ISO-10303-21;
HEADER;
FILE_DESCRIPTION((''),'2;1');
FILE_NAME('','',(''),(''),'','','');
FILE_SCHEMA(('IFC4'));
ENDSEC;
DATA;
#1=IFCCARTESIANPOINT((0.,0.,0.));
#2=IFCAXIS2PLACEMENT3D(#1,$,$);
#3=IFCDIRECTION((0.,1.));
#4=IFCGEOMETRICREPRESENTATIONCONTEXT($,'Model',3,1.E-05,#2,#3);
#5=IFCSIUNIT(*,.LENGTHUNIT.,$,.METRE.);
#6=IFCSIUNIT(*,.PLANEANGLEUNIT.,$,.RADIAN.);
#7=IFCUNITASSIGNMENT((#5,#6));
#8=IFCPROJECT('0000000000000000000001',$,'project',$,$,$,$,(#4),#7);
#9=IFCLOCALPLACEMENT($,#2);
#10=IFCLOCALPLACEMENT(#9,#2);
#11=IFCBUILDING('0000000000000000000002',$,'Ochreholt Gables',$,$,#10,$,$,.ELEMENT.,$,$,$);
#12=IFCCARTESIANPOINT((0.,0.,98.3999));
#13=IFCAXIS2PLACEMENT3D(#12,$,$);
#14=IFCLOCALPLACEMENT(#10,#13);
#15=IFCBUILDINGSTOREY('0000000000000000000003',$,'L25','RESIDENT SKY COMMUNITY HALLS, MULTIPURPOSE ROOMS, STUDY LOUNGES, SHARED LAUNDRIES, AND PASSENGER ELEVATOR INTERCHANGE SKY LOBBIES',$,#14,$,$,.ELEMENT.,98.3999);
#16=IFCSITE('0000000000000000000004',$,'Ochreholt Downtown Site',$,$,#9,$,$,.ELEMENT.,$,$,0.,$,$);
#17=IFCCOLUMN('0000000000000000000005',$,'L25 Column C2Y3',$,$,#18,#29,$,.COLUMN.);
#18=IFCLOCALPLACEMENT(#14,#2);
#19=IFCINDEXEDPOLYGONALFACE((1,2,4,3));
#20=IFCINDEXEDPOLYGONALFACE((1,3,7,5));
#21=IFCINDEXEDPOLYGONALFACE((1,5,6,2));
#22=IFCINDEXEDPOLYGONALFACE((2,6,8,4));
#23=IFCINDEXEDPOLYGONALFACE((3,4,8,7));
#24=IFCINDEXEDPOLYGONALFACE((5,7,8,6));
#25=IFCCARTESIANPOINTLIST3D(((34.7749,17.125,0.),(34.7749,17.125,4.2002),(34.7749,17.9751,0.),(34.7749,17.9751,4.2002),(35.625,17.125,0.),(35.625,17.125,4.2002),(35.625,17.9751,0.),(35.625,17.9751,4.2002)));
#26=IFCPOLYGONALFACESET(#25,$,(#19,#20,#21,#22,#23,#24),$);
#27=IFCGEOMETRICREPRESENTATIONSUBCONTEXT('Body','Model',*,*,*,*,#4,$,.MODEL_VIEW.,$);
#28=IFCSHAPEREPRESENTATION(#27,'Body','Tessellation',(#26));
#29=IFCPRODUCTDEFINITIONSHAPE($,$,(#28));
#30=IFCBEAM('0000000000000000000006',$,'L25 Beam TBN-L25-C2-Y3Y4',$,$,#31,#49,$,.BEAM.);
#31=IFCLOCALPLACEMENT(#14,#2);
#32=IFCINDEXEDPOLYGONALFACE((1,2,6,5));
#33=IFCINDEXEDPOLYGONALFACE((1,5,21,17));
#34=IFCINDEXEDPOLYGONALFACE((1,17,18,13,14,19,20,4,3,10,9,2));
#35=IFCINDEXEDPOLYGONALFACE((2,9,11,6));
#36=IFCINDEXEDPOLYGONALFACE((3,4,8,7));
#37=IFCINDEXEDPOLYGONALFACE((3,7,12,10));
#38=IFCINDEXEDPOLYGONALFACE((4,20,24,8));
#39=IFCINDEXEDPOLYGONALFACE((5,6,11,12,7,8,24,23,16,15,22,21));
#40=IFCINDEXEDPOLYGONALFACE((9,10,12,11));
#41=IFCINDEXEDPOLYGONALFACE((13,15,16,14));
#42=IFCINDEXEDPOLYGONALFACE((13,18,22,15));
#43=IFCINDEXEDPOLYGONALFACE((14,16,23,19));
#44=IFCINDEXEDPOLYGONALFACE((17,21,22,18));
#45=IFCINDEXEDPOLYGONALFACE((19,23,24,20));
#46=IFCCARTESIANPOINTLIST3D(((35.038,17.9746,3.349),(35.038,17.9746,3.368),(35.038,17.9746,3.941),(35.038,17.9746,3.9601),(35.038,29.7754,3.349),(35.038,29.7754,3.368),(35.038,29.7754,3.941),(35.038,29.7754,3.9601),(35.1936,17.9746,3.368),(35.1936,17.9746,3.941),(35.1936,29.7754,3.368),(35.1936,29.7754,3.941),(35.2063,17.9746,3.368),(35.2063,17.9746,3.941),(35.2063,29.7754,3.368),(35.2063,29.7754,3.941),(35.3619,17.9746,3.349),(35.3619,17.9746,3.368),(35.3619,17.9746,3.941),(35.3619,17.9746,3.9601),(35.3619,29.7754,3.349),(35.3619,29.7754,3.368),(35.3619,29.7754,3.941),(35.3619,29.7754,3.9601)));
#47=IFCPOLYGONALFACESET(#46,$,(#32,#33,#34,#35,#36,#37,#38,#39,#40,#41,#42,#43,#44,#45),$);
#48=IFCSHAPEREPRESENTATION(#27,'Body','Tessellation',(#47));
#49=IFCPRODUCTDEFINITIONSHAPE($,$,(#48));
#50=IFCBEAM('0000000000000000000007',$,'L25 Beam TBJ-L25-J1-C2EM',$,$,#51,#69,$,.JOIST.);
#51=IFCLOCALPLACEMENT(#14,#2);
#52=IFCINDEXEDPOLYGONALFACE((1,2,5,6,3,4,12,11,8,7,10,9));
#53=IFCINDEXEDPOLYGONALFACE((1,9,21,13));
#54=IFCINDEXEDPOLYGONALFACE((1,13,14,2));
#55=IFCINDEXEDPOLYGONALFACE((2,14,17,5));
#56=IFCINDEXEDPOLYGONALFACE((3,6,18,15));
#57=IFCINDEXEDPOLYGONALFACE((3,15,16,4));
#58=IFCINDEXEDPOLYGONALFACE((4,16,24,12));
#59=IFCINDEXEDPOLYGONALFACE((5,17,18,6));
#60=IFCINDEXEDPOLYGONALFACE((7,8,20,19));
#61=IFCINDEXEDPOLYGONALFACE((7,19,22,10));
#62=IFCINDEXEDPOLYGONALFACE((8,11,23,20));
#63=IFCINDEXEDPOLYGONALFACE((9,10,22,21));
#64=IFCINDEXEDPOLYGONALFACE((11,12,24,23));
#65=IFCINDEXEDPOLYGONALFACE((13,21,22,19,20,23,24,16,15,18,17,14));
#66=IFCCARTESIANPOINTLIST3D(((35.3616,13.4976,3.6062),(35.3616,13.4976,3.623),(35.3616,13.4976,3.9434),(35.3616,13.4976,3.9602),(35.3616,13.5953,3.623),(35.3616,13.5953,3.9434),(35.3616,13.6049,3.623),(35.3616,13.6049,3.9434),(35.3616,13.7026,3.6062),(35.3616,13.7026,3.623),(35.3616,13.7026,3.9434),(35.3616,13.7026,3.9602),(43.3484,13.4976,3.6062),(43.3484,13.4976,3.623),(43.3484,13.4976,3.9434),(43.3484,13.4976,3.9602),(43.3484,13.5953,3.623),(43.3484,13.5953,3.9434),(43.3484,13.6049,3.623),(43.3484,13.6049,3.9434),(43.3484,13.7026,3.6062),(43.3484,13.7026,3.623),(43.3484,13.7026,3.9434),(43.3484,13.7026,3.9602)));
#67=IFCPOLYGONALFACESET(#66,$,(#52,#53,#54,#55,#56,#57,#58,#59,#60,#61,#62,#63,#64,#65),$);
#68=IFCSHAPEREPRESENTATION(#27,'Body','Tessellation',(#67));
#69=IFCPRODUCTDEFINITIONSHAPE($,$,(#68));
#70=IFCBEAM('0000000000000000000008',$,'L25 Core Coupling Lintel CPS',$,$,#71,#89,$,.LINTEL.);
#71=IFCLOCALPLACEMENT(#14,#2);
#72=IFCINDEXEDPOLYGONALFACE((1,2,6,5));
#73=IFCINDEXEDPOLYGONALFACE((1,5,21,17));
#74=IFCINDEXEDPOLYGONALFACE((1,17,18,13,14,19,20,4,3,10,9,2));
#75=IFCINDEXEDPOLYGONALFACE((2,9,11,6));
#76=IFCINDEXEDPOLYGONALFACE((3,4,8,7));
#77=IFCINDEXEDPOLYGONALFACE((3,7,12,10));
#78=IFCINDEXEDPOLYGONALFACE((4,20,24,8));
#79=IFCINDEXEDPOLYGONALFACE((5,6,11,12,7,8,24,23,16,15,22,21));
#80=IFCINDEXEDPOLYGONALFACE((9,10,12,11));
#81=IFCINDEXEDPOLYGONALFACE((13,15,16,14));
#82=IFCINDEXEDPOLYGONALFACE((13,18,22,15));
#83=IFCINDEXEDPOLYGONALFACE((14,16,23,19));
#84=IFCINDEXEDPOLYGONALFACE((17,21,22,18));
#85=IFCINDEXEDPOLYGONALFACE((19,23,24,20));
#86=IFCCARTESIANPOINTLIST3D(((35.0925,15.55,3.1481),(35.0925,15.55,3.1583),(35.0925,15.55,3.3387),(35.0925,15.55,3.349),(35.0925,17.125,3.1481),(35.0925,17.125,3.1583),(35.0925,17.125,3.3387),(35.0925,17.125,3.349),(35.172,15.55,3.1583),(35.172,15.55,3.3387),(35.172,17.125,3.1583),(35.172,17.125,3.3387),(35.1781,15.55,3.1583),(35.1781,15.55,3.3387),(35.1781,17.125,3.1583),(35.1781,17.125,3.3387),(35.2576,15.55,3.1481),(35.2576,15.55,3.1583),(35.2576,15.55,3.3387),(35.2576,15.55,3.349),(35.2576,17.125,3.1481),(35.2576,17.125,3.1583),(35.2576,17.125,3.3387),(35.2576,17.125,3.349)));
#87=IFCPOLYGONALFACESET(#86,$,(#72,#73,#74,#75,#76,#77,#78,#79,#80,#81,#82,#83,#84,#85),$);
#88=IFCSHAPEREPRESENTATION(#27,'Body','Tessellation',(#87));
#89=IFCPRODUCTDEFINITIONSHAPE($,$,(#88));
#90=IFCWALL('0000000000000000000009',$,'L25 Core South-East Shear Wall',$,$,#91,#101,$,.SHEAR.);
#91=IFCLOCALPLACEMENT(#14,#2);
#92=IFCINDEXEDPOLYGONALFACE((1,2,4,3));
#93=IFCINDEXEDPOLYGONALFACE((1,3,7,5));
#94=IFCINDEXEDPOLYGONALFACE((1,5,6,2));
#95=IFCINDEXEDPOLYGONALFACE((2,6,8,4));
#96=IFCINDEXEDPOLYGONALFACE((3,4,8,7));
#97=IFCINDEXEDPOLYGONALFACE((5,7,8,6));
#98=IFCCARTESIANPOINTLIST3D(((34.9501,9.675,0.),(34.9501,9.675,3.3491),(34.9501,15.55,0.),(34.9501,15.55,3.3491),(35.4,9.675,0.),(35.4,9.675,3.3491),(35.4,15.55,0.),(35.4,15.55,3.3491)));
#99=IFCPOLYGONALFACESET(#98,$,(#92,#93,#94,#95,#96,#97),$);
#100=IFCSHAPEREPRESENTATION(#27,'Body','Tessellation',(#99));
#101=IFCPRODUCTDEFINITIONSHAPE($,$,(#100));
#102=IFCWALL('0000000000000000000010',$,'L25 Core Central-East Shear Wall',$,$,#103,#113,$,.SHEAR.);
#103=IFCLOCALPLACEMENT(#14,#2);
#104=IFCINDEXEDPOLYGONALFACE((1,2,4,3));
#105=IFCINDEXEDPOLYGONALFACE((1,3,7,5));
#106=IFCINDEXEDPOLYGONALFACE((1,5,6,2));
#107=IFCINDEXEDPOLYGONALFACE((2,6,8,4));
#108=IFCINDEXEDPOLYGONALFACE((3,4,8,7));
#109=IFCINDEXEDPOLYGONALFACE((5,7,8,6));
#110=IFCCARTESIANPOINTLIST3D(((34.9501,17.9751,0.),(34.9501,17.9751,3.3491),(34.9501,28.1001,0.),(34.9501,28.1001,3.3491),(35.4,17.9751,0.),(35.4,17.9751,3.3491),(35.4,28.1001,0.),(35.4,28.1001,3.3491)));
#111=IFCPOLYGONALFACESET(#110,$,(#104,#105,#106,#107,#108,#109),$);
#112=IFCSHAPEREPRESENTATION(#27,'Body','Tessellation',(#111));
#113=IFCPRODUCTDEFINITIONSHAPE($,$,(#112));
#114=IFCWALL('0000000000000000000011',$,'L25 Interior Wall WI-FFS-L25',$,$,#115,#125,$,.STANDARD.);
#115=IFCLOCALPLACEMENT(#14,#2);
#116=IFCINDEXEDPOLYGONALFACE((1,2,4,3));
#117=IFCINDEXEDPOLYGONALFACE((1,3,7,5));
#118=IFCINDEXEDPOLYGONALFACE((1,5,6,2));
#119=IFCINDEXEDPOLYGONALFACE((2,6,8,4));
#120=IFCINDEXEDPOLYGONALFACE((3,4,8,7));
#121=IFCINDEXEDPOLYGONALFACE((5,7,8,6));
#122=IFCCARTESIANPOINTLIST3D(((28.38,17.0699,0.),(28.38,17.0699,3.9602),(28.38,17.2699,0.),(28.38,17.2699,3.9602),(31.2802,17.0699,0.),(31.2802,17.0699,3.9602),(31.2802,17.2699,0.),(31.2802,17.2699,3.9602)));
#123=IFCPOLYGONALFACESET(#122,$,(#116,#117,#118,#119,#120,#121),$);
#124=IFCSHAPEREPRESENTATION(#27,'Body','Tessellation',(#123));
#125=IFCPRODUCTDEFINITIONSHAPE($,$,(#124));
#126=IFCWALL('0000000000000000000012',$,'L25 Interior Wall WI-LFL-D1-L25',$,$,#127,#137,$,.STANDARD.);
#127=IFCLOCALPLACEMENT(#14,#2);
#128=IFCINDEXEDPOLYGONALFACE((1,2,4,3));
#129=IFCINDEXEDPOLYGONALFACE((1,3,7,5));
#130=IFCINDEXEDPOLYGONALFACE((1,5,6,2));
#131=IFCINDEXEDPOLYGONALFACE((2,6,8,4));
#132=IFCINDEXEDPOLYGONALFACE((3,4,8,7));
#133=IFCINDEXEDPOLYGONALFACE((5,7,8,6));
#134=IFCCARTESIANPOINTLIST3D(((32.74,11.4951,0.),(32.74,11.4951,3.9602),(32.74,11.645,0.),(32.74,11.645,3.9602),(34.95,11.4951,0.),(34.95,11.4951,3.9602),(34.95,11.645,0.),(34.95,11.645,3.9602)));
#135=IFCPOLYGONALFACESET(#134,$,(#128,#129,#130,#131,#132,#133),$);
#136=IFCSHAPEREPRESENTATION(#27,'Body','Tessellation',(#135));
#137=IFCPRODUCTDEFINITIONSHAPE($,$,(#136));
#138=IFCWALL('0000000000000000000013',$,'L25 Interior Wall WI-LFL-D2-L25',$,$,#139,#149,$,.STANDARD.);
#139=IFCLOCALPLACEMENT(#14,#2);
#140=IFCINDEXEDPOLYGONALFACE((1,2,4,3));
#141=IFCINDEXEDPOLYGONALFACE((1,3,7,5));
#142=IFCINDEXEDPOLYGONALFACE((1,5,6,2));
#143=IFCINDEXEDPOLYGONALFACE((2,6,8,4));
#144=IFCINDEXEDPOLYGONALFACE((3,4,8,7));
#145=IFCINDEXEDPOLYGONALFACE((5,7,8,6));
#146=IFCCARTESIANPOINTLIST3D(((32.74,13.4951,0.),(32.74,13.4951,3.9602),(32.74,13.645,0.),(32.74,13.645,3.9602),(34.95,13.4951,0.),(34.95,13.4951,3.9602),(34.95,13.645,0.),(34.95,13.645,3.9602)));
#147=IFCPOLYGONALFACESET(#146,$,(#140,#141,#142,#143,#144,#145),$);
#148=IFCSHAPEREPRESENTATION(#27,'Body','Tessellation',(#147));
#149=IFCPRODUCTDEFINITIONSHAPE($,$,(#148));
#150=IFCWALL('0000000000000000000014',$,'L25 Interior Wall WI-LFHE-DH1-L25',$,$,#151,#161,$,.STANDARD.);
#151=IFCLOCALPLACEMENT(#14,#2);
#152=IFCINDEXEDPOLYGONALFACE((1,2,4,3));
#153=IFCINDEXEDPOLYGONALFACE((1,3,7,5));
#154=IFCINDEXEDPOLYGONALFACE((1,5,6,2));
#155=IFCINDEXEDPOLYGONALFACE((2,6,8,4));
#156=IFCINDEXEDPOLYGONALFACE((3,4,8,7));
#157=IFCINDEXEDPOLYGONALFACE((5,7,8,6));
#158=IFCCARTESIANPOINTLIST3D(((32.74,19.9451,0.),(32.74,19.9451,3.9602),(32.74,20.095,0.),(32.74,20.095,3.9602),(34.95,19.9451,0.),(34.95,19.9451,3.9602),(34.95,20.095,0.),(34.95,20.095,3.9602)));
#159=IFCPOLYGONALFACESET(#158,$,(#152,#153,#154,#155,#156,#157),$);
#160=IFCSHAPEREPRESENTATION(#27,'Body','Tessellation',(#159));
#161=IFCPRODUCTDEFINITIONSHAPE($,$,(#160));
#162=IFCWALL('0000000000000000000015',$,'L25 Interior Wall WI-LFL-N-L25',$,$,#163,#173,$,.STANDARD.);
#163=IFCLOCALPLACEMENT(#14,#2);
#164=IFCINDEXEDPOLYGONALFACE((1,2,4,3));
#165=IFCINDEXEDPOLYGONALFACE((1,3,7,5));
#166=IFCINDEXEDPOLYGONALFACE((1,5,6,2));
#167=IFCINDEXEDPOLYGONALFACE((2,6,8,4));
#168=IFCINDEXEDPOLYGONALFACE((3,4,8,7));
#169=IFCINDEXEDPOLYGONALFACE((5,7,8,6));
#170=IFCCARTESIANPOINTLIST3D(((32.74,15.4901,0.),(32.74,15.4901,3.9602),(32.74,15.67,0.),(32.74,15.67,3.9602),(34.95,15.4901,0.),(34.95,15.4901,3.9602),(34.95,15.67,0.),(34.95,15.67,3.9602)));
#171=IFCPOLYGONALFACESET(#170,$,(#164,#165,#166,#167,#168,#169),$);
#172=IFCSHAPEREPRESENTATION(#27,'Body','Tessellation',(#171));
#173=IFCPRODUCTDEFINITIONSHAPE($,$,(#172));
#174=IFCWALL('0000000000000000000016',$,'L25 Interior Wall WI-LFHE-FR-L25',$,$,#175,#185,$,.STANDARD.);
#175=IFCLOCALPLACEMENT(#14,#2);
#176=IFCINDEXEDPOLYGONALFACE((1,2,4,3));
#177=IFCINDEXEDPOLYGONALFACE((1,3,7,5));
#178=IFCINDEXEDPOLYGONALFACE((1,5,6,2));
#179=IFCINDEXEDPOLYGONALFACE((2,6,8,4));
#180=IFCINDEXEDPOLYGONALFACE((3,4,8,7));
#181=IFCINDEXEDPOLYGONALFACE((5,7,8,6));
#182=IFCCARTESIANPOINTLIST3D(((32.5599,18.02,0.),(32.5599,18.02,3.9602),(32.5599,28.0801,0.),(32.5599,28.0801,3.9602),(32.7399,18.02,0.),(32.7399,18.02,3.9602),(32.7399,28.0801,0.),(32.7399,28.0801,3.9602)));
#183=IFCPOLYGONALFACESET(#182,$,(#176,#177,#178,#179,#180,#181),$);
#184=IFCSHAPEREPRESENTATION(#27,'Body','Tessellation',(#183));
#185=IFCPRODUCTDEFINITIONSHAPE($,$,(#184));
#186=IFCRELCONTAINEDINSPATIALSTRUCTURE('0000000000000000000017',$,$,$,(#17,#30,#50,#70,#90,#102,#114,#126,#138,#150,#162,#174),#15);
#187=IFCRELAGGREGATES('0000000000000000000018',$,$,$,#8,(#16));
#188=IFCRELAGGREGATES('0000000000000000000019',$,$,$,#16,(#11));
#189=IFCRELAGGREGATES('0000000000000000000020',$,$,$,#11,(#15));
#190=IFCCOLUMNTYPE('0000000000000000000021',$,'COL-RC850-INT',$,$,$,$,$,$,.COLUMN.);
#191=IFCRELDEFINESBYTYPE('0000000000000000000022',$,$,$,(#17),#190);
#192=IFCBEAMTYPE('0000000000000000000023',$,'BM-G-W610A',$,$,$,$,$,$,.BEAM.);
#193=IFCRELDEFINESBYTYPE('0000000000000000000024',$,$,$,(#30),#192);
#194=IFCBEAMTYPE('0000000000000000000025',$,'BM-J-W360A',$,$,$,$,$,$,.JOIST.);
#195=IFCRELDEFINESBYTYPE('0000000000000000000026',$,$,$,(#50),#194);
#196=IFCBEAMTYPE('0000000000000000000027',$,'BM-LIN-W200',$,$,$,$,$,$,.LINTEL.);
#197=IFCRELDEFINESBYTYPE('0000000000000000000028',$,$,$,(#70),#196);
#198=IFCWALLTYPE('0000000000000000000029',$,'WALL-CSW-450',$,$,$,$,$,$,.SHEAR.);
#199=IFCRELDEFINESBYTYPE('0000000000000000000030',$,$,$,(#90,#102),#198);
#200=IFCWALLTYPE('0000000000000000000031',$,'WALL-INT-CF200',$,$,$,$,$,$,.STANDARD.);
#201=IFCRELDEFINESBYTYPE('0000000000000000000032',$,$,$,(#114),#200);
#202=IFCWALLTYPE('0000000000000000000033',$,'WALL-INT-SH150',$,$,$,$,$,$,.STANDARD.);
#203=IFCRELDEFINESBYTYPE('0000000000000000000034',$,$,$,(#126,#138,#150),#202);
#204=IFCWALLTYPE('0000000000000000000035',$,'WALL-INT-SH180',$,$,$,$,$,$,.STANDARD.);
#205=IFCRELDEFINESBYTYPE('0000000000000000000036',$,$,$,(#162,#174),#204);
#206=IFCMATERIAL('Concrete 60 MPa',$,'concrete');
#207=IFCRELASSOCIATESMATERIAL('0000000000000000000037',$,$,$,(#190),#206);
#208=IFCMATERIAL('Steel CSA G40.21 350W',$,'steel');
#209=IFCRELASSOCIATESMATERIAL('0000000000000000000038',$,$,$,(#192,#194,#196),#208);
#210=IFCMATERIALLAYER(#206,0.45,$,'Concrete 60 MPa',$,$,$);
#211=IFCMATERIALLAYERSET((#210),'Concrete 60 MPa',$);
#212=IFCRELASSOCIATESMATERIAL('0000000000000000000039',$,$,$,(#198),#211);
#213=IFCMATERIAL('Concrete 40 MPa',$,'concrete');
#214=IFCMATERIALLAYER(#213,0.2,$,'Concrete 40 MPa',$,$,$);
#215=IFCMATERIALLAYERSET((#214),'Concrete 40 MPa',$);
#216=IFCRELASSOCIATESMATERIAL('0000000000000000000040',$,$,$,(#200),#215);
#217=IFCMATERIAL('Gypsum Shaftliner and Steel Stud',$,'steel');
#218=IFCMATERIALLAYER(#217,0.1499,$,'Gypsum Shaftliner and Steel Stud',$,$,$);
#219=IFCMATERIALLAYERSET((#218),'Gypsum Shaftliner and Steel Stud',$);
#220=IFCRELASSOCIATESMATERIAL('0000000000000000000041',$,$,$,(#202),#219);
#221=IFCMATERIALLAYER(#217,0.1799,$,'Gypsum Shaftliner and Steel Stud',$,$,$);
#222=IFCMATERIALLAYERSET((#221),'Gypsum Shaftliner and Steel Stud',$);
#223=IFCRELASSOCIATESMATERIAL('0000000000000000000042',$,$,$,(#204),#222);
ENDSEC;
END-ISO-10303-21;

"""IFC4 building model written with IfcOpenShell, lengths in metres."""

from ifc_helpers import new_model, si_unit, direction, frame, frame_2d, origin, origin_2d, place, context, subcontext, project, spatial, rectangle, i_section, extrude, material, layer, layer_set, material_profile, profile_set, type_object, element, save


model = new_model("IFC4")

# Units and contexts
model_context = context("Model", 3, precision=1e-05, world=origin(), true_north=direction((0.0, 1.0)))
body_context = subcontext(model_context, "Body", "Model", "MODEL_VIEW")
ifc_project = project(units=[si_unit("LENGTHUNIT", "METRE"), si_unit("PLANEANGLEUNIT", "RADIAN")], contexts=[model_context])

# Site, building, storey
site_placement = place(None, origin())
site = spatial("IfcSite", under=ifc_project, at=site_placement, Name="Ochreholt Downtown Site", CompositionType="ELEMENT", RefElevation=0.0)
building_placement = place(site_placement, origin())
building = spatial("IfcBuilding", under=site, at=building_placement, Name="Ochreholt Gables", CompositionType="ELEMENT")
storey_placement = place(building_placement, frame((0.0, 0.0, 98.3999)))
storey = spatial("IfcBuildingStorey", under=building, at=storey_placement, Name="L25", Description="RESIDENT SKY COMMUNITY HALLS, MULTIPURPOSE ROOMS, STUDY LOUNGES, SHARED LAUNDRIES, AND PASSENGER ELEVATOR INTERCHANGE SKY LOBBIES", CompositionType="ELEMENT", Elevation=98.3999)

# Column
ifc_material_1 = material(Name="Concrete 60 MPa", Category="concrete")
ifc_material_profile_1 = material_profile(ifc_material_1, rectangle(XDim=0.8501, YDim=0.8501, at=origin_2d()), Name="RC850X850")
ifc_profile_set_1 = profile_set([ifc_material_profile_1], Name="Concrete 60 MPa")
column_type = type_object("IfcColumnType", Name="COL-RC850-INT", PredefinedType="COLUMN", material=ifc_profile_set_1)
column_placement = place(storey_placement, frame((35.2, 17.55, 0.0), z_axis=(0.0, 0.0, 1.0), x_axis=(1.0, 0.0, 0.0)))
element("IfcColumn", 1, at=column_placement, inside=storey, type_object=column_type, Name="L25 Column C2Y3", PredefinedType="COLUMN", context=body_context, shape_type="SweptSolid", body=[
    extrude(rectangle(XDim=0.8501, YDim=0.8501, at=origin_2d()), origin(), (0.0, 0.0, 1.0), 4.2002),
])

# Beams
ifc_material_2 = material(Name="Steel CSA G40.21 350W", Category="steel")
ifc_material_profile_2 = material_profile(ifc_material_2, i_section(OverallWidth=0.324, OverallDepth=0.6111, WebThickness=0.0127, FlangeThickness=0.019, at=origin_2d()), Name="W610X155")
ifc_profile_set_2 = profile_set([ifc_material_profile_2], Name="Steel CSA G40.21 350W")
beam_type_1 = type_object("IfcBeamType", Name="BM-G-W610A", PredefinedType="BEAM", material=ifc_profile_set_2)
beam_1_placement = place(storey_placement, frame((35.2, 17.9746, 3.6545), z_axis=(0.0, 1.0, 0.0), x_axis=(-1.0, 0.0, 0.0)))
element("IfcBeam", 2, at=beam_1_placement, inside=storey, type_object=beam_type_1, Name="L25 Beam TBN-L25-C2-Y3Y4", PredefinedType="BEAM", context=body_context, shape_type="SweptSolid", body=[
    extrude(i_section(OverallWidth=0.324, OverallDepth=0.6111, WebThickness=0.0127, FlangeThickness=0.019, at=origin_2d()), origin(), (0.0, 0.0, 1.0), 11.8008),
])
ifc_material_profile_3 = material_profile(ifc_material_2, i_section(OverallWidth=0.2051, OverallDepth=0.354, WebThickness=0.0095, FlangeThickness=0.0168, at=origin_2d()), Name="W360X79")
ifc_profile_set_3 = profile_set([ifc_material_profile_3], Name="Steel CSA G40.21 350W")
beam_type_2 = type_object("IfcBeamType", Name="BM-J-W360A", PredefinedType="JOIST", material=ifc_profile_set_3)
beam_2_placement = place(storey_placement, frame((35.3616, 13.6001, 3.7832), z_axis=(1.0, 0.0, 0.0), x_axis=(0.0, 1.0, 0.0)))
element("IfcBeam", 3, at=beam_2_placement, inside=storey, type_object=beam_type_2, Name="L25 Beam TBJ-L25-J1-C2EM", PredefinedType="JOIST", context=body_context, shape_type="SweptSolid", body=[
    extrude(i_section(OverallWidth=0.2051, OverallDepth=0.354, WebThickness=0.0095, FlangeThickness=0.0168, at=origin_2d()), origin(), (0.0, 0.0, 1.0), 7.9868),
])
ifc_material_profile_4 = material_profile(ifc_material_2, i_section(OverallWidth=0.165, OverallDepth=0.2009, WebThickness=0.0061, FlangeThickness=0.0103, at=origin_2d()), Name="W200X36")
ifc_profile_set_4 = profile_set([ifc_material_profile_4], Name="Steel CSA G40.21 350W")
beam_type_3 = type_object("IfcBeamType", Name="BM-LIN-W200", PredefinedType="LINTEL", material=ifc_profile_set_4)
beam_3_placement = place(storey_placement, frame((35.175, 15.55, 3.2485), z_axis=(0.0, 1.0, 0.0), x_axis=(-1.0, 0.0, 0.0)))
element("IfcBeam", 4, at=beam_3_placement, inside=storey, type_object=beam_type_3, Name="L25 Core Coupling Lintel CPS", PredefinedType="LINTEL", context=body_context, shape_type="SweptSolid", body=[
    extrude(i_section(OverallWidth=0.165, OverallDepth=0.2009, WebThickness=0.0061, FlangeThickness=0.0103, at=origin_2d()), origin(), (0.0, 0.0, 1.0), 1.575),
])

# Walls
ifc_layer_1 = layer(ifc_material_1, 0.45, Name="Concrete 60 MPa")
ifc_layer_set_1 = layer_set([ifc_layer_1], Name="Concrete 60 MPa")
wall_type_1 = type_object("IfcWallType", Name="WALL-CSW-450", PredefinedType="SHEAR", material=ifc_layer_set_1)
wall_1_placement = place(storey_placement, frame((35.175, 9.675, 0.0), z_axis=(0.0, 0.0, 1.0), x_axis=(0.0, 1.0, 0.0)))
element("IfcWall", 5, at=wall_1_placement, inside=storey, type_object=wall_type_1, Name="L25 Core South-East Shear Wall", PredefinedType="SHEAR", context=body_context, shape_type="SweptSolid", body=[
    extrude(rectangle(XDim=5.875, YDim=0.45, at=frame_2d((2.9375, 0.0))), origin(), (0.0, 0.0, 1.0), 3.3491),
])
wall_2_placement = place(storey_placement, frame((35.175, 17.9751, 0.0), z_axis=(0.0, 0.0, 1.0), x_axis=(0.0, 1.0, 0.0)))
element("IfcWall", 6, at=wall_2_placement, inside=storey, type_object=wall_type_1, Name="L25 Core Central-East Shear Wall", PredefinedType="SHEAR", context=body_context, shape_type="SweptSolid", body=[
    extrude(rectangle(XDim=10.125, YDim=0.45, at=frame_2d((5.0625, 0.0))), origin(), (0.0, 0.0, 1.0), 3.3491),
])
ifc_material_3 = material(Name="Concrete 40 MPa", Category="concrete")
ifc_layer_2 = layer(ifc_material_3, 0.2, Name="Concrete 40 MPa")
ifc_layer_set_2 = layer_set([ifc_layer_2], Name="Concrete 40 MPa")
wall_type_2 = type_object("IfcWallType", Name="WALL-INT-CF200", PredefinedType="STANDARD", material=ifc_layer_set_2)
wall_3_placement = place(storey_placement, frame((28.3799, 17.1699, 0.0), z_axis=(0.0, 0.0, 1.0), x_axis=(1.0, 0.0, 0.0)))
element("IfcWall", 7, at=wall_3_placement, inside=storey, type_object=wall_type_2, Name="L25 Interior Wall WI-FFS-L25", PredefinedType="STANDARD", context=body_context, shape_type="SweptSolid", body=[
    extrude(rectangle(XDim=2.9001, YDim=0.2, at=frame_2d((1.4502, 0.0))), origin(), (0.0, 0.0, 1.0), 3.9602),
])

# Walls
ifc_material_4 = material(Name="Gypsum Shaftliner and Steel Stud", Category="steel")
ifc_layer_3 = layer(ifc_material_4, 0.1499, Name="Gypsum Shaftliner and Steel Stud")
ifc_layer_set_3 = layer_set([ifc_layer_3], Name="Gypsum Shaftliner and Steel Stud")
wall_type_3 = type_object("IfcWallType", Name="WALL-INT-SH150", PredefinedType="STANDARD", material=ifc_layer_set_3)
for number, where, z_axis, x_axis, name in (
    (8, (32.74, 11.5701, 0.0), (0.0, 0.0, 1.0), (1.0, 0.0, 0.0), "L25 Interior Wall WI-LFL-D1-L25"),
    (9, (32.74, 13.5701, 0.0), (0.0, 0.0, 1.0), (1.0, 0.0, 0.0), "L25 Interior Wall WI-LFL-D2-L25"),
    (10, (32.74, 20.02, 0.0), (0.0, 0.0, 1.0), (1.0, 0.0, 0.0), "L25 Interior Wall WI-LFHE-DH1-L25"),
):
    element("IfcWall", number, at=place(storey_placement, frame(where, z_axis=z_axis, x_axis=x_axis)), inside=storey, type_object=wall_type_3, Name=name, PredefinedType="STANDARD", context=body_context, shape_type="SweptSolid", body=[
        extrude(rectangle(XDim=2.21, YDim=0.1499, at=frame_2d((1.105, 0.0))), origin(), (0.0, 0.0, 1.0), 3.9602),
    ])
ifc_layer_4 = layer(ifc_material_4, 0.1799, Name="Gypsum Shaftliner and Steel Stud")
ifc_layer_set_4 = layer_set([ifc_layer_4], Name="Gypsum Shaftliner and Steel Stud")
wall_type_4 = type_object("IfcWallType", Name="WALL-INT-SH180", PredefinedType="STANDARD", material=ifc_layer_set_4)
wall_4_placement = place(storey_placement, frame((32.74, 15.5801, 0.0), z_axis=(0.0, 0.0, 1.0), x_axis=(1.0, 0.0, 0.0)))
element("IfcWall", 11, at=wall_4_placement, inside=storey, type_object=wall_type_4, Name="L25 Interior Wall WI-LFL-N-L25", PredefinedType="STANDARD", context=body_context, shape_type="SweptSolid", body=[
    extrude(rectangle(XDim=2.21, YDim=0.1799, at=frame_2d((1.105, 0.0))), origin(), (0.0, 0.0, 1.0), 3.9602),
])
wall_5_placement = place(storey_placement, frame((32.6499, 18.02, 0.0), z_axis=(0.0, 0.0, 1.0), x_axis=(0.0, 1.0, 0.0)))
element("IfcWall", 12, at=wall_5_placement, inside=storey, type_object=wall_type_4, Name="L25 Interior Wall WI-LFHE-FR-L25", PredefinedType="STANDARD", context=body_context, shape_type="SweptSolid", body=[
    extrude(rectangle(XDim=10.0601, YDim=0.1799, at=frame_2d((5.03, 0.0))), origin(), (0.0, 0.0, 1.0), 3.9602),
])

save(model, "model.ifc")
